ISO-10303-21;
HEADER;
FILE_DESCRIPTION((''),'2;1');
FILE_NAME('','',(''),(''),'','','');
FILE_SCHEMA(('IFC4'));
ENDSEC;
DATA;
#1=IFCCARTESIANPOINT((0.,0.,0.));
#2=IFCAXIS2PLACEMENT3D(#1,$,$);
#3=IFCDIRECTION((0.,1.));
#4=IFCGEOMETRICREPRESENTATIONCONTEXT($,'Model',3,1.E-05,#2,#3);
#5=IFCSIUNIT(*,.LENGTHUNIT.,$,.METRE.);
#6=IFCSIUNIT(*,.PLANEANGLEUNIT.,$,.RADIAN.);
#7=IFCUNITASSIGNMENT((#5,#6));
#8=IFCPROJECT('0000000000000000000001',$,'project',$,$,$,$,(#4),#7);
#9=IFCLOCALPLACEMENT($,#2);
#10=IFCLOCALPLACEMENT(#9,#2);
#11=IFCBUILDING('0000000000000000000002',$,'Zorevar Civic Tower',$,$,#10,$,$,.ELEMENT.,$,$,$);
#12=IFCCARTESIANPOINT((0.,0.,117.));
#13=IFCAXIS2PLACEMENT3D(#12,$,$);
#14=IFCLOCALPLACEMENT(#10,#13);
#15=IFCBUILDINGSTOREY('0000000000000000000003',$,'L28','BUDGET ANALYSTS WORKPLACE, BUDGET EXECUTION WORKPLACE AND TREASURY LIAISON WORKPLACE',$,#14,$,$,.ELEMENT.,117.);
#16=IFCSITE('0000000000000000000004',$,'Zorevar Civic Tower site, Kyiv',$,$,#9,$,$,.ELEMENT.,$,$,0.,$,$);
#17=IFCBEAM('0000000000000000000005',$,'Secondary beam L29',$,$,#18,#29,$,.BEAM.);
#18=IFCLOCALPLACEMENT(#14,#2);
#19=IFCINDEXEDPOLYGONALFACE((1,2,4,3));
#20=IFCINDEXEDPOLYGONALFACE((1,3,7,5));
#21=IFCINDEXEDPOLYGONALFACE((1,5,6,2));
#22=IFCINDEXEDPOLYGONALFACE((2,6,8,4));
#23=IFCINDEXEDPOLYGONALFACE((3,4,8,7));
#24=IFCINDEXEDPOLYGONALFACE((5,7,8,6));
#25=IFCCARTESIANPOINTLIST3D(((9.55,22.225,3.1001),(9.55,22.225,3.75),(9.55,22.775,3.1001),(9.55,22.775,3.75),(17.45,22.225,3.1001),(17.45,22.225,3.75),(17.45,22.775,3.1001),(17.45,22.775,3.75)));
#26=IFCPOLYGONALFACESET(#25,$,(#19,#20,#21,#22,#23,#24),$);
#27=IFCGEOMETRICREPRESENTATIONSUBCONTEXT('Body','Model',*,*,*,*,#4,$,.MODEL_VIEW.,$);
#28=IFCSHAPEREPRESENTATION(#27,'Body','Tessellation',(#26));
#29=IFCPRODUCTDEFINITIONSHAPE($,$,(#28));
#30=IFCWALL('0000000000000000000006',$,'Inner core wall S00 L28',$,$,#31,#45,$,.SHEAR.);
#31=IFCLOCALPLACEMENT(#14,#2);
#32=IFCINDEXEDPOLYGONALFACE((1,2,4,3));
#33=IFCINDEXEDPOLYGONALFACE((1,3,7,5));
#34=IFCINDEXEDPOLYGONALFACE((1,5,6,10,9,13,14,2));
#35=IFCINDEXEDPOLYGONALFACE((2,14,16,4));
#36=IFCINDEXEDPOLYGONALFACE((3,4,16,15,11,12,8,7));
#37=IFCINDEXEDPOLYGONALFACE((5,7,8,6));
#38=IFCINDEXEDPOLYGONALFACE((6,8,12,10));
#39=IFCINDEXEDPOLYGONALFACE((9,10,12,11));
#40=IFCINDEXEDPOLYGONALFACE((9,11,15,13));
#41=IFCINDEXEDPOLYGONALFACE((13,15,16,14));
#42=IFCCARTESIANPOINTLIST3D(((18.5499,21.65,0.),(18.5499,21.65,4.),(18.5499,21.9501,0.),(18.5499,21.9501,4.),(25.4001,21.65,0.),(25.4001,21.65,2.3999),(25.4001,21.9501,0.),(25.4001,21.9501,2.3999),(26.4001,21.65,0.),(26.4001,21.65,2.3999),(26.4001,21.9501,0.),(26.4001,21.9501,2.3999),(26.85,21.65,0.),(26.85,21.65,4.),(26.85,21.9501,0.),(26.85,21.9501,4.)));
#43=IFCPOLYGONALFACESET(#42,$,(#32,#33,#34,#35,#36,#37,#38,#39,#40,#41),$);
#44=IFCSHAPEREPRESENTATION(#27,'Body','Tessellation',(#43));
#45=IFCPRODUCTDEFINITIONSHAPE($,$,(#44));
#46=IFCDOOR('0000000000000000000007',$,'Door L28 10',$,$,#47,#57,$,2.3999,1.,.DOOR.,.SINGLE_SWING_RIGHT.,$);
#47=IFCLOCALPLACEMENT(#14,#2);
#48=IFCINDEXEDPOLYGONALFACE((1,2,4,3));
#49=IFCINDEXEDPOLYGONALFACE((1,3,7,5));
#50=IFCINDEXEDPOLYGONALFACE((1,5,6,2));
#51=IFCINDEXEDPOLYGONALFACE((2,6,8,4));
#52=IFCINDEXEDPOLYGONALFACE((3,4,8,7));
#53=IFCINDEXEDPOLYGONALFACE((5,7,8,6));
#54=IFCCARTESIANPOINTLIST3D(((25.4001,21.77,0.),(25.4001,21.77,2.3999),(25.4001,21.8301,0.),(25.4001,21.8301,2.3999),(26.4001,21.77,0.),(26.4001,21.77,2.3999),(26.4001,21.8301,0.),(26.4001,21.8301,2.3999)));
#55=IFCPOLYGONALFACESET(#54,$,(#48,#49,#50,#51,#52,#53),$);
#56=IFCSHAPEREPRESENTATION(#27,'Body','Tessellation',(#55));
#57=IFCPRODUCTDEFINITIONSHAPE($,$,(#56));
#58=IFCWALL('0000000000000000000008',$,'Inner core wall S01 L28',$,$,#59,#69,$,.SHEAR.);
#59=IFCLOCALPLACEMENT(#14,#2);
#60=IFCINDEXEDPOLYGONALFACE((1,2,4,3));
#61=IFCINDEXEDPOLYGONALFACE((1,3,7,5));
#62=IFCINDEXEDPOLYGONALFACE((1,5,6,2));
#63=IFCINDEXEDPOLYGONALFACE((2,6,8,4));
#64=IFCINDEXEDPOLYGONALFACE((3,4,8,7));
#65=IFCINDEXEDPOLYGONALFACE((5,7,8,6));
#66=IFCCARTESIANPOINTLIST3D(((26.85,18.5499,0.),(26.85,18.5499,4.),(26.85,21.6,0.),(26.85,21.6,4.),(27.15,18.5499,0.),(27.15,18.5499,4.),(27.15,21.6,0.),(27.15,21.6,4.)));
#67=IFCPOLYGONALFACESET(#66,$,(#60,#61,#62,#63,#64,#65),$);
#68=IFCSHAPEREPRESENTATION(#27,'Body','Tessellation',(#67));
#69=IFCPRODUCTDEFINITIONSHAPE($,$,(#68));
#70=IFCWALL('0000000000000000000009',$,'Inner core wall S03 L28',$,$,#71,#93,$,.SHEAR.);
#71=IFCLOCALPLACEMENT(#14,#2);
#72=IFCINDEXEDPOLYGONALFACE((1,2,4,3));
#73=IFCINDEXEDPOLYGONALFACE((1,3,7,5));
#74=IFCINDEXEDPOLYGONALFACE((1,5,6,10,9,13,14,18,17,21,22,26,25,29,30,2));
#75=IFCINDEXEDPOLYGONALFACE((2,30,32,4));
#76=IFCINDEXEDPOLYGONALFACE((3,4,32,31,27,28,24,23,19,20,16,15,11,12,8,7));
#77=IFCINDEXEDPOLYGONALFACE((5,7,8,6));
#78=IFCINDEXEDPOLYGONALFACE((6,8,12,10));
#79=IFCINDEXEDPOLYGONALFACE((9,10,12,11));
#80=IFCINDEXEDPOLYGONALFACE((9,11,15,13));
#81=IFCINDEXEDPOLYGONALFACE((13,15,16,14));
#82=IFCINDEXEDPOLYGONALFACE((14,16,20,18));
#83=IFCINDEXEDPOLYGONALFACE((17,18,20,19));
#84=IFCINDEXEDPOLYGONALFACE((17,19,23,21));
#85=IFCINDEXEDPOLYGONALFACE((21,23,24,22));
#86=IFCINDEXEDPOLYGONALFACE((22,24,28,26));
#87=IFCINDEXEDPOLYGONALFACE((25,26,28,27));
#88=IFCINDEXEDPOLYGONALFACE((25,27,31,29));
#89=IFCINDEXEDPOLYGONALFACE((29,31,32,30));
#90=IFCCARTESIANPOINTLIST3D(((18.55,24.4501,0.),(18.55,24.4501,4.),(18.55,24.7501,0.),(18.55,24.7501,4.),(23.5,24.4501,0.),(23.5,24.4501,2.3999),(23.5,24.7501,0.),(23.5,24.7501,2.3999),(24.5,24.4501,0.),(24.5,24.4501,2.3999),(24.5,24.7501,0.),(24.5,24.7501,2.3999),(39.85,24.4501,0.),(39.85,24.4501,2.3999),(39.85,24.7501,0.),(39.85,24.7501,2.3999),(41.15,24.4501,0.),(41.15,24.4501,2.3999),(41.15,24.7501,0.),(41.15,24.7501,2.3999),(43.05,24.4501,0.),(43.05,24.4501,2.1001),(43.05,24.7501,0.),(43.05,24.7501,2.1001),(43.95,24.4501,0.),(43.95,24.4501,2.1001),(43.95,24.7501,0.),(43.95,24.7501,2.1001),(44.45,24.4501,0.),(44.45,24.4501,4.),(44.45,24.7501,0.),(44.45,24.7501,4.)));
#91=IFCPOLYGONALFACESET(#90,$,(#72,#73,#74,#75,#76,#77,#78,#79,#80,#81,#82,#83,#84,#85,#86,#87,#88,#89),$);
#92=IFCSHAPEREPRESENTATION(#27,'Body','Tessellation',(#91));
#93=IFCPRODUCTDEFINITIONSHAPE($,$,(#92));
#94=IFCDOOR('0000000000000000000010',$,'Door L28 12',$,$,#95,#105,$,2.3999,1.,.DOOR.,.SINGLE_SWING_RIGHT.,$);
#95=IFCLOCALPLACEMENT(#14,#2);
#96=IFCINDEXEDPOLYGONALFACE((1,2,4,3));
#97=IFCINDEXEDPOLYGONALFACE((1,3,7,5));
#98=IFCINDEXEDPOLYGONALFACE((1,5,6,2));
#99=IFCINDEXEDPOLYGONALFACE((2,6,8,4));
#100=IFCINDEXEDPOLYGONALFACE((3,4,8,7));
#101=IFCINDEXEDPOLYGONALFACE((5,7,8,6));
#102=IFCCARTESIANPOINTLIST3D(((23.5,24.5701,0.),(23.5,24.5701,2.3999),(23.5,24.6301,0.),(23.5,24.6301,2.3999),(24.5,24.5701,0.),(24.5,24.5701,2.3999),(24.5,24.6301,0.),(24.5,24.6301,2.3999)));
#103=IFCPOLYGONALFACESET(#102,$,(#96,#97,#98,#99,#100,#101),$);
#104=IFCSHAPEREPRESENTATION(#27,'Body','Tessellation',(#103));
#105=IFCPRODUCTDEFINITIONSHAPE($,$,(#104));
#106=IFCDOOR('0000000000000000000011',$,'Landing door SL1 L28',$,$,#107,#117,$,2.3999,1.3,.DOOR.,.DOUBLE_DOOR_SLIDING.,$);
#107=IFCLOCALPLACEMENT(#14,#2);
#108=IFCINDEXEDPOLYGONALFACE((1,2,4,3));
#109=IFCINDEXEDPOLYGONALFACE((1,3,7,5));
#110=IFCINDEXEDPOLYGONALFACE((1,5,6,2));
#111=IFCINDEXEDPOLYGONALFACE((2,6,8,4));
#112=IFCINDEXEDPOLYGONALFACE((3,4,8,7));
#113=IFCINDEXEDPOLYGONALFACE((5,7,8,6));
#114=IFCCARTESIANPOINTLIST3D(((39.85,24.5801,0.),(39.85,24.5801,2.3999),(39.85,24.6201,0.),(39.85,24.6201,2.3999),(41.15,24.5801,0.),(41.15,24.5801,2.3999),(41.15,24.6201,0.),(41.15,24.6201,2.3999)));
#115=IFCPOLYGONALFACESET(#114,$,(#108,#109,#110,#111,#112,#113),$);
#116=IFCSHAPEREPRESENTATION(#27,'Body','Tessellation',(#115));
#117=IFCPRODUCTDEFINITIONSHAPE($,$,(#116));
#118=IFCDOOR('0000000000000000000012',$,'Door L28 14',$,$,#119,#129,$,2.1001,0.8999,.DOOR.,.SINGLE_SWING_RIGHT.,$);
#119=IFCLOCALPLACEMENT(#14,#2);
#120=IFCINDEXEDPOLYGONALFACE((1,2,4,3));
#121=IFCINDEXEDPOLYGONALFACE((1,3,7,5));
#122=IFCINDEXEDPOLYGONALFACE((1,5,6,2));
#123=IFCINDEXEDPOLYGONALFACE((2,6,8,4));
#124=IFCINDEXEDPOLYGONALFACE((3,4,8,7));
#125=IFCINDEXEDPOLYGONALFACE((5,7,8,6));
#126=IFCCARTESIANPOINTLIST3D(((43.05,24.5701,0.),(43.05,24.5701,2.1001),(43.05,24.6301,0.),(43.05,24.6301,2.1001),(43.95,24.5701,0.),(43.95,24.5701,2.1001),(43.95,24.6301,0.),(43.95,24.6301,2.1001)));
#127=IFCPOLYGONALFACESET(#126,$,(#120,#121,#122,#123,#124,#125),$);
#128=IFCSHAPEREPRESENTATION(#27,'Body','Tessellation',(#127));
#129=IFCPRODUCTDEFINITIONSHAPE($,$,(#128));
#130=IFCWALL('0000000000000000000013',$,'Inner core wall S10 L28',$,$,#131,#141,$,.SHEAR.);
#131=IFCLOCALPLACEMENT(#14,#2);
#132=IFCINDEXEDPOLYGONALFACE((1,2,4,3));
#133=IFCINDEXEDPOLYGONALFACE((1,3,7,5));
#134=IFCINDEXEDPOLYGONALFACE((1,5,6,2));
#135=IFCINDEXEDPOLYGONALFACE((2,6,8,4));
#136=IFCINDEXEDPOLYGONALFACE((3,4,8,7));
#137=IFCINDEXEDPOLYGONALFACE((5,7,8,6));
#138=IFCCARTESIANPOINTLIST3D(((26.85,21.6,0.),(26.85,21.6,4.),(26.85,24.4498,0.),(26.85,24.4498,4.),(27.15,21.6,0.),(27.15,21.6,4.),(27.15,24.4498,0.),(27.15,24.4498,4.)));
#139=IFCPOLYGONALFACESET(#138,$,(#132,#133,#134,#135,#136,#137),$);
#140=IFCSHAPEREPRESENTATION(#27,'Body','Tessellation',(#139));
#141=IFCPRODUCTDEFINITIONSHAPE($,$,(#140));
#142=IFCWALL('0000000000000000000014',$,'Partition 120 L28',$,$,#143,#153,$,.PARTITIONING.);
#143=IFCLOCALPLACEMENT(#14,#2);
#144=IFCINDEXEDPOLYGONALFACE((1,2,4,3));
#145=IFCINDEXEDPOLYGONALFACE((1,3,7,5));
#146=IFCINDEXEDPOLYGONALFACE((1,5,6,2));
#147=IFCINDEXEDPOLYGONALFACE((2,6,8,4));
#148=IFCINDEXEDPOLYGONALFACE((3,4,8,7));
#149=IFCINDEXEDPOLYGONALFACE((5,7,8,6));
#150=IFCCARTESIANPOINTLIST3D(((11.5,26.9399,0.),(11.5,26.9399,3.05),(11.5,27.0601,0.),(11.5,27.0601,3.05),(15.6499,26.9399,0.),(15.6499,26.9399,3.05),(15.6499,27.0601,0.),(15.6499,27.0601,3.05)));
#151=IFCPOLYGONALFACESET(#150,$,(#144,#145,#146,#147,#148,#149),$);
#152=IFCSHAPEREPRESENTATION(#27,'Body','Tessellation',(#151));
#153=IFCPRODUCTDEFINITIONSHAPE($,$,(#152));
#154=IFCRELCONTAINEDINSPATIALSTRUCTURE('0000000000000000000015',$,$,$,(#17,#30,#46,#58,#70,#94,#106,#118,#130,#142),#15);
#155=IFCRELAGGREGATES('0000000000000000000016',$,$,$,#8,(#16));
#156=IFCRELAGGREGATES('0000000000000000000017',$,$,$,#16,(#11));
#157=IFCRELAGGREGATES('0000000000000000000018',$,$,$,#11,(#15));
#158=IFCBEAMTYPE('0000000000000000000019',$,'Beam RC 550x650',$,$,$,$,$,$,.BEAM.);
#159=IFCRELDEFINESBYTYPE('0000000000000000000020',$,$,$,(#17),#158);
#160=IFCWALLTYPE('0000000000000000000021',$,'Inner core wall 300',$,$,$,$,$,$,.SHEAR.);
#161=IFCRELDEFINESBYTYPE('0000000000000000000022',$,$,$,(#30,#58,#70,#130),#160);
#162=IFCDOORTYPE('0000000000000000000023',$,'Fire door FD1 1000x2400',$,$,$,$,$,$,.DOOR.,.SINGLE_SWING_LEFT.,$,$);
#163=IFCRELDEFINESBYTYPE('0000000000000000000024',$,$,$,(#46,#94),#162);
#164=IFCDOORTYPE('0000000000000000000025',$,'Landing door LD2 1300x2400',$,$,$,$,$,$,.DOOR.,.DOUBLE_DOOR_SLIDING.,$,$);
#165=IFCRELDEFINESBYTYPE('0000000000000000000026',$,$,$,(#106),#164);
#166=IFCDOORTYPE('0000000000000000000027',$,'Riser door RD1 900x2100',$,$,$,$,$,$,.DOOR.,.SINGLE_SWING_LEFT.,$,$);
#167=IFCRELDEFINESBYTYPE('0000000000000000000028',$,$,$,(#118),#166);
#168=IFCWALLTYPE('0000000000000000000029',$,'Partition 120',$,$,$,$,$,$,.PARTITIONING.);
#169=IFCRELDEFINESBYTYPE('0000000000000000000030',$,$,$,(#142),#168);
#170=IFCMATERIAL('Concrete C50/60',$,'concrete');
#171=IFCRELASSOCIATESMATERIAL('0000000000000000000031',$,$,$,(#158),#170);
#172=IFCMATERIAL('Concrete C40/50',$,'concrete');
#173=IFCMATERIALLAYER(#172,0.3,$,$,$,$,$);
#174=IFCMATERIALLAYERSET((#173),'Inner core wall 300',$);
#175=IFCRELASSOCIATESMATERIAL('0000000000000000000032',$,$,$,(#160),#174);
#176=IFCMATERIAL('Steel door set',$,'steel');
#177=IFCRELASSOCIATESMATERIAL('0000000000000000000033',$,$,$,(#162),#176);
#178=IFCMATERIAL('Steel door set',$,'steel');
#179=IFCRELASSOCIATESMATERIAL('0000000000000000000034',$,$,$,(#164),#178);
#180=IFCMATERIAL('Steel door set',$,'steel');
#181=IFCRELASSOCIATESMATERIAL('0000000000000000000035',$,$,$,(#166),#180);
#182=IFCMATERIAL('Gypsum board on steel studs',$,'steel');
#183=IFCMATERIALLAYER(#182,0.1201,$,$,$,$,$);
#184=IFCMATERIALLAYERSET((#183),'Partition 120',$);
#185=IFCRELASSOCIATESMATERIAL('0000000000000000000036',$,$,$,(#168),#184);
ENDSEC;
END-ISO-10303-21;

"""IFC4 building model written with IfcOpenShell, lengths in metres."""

from ifc_helpers import new_model, si_unit, direction, frame, frame_2d, origin, origin_2d, place, context, subcontext, project, spatial, rectangle, extrude, material, layer, layer_set, material_profile, profile_set, type_object, element, fill, save


model = new_model("IFC4")

# Units and contexts
model_context = context("Model", 3, precision=1e-05, world=origin(), true_north=direction((0.0, 1.0)))
body_context = subcontext(model_context, "Body", "Model", "MODEL_VIEW")
ifc_project = project(units=[si_unit("LENGTHUNIT", "METRE"), si_unit("PLANEANGLEUNIT", "RADIAN")], contexts=[model_context])

# Site, building, storey
site_placement = place(None, origin())
site = spatial("IfcSite", under=ifc_project, at=site_placement, Name="Zorevar Civic Tower site, Kyiv", CompositionType="ELEMENT", RefElevation=0.0)
building_placement = place(site_placement, origin())
building = spatial("IfcBuilding", under=site, at=building_placement, Name="Zorevar Civic Tower", CompositionType="ELEMENT")
storey_placement = place(building_placement, frame((0.0, 0.0, 117.0)))
storey = spatial("IfcBuildingStorey", under=building, at=storey_placement, Name="L28", Description="BUDGET ANALYSTS WORKPLACE, BUDGET EXECUTION WORKPLACE AND TREASURY LIAISON WORKPLACE", CompositionType="ELEMENT", Elevation=117.0)

# Beam
ifc_material_1 = material(Name="Concrete C50/60", Category="concrete")
ifc_material_profile = material_profile(ifc_material_1, rectangle(XDim=0.55, YDim=0.6499, at=origin_2d()), Name="RC 550x650")
ifc_profile_set = profile_set([ifc_material_profile], Name="Concrete C50/60")
beam_type = type_object("IfcBeamType", Name="Beam RC 550x650", PredefinedType="BEAM", material=ifc_profile_set)
beam_placement = place(storey_placement, frame((9.55, 22.5, 3.425), z_axis=(1.0, 0.0, 0.0), x_axis=(0.0, 1.0, 0.0)))
element("IfcBeam", 1, at=beam_placement, inside=storey, type_object=beam_type, Name="Secondary beam L29", PredefinedType="BEAM", context=body_context, shape_type="SweptSolid", body=[
    extrude(rectangle(XDim=0.55, YDim=0.6499, at=origin_2d()), origin(), (0.0, 0.0, 1.0), 7.8999),
])

# Wall, opening, door
ifc_material_2 = material(Name="Concrete C40/50", Category="concrete")
ifc_layer_1 = layer(ifc_material_2, 0.3)
ifc_layer_set_1 = layer_set([ifc_layer_1], Name="Inner core wall 300")
wall_type_1 = type_object("IfcWallType", Name="Inner core wall 300", PredefinedType="SHEAR", material=ifc_layer_set_1)
wall_1_placement = place(storey_placement, frame((18.55, 21.8, 0.0), z_axis=(0.0, 0.0, 1.0), x_axis=(1.0, 0.0, 0.0)))
wall_1 = element("IfcWall", 2, at=wall_1_placement, inside=storey, type_object=wall_type_1, Name="Inner core wall S00 L28", PredefinedType="SHEAR", context=body_context, shape_type="SweptSolid", body=[
    extrude(rectangle(XDim=8.3, YDim=0.3, at=frame_2d((4.1499, 0.0))), origin(), (0.0, 0.0, 1.0), 4.0),
])
opening_1_placement = place(wall_1_placement, frame((6.8501, 0.0, 0.0)))
opening_1 = element("IfcOpeningElement", 3, at=opening_1_placement, cuts=wall_1, PredefinedType="OPENING", context=body_context, shape_type="SweptSolid", body=[
    extrude(rectangle(XDim=1.0, YDim=2.3999, at=frame_2d((0.5, 1.2))), frame((0.0, 0.1599, 0.0), z_axis=(0.0, -1.0, 0.0), x_axis=(1.0, 0.0, 0.0)), (0.0, 0.0, 1.0), 0.3201),
])
ifc_material_3 = material(Name="Steel door set", Category="steel")
door_type_1 = type_object("IfcDoorType", Name="Fire door FD1 1000x2400", OperationType="SINGLE_SWING_LEFT", PredefinedType="DOOR", material=ifc_material_3)
door_1_placement = place(opening_1_placement, origin())
door_1 = element("IfcDoor", 4, at=door_1_placement, inside=storey, type_object=door_type_1, Name="Door L28 10", OperationType="SINGLE_SWING_RIGHT", OverallHeight=2.3999, OverallWidth=1.0, PredefinedType="DOOR", context=body_context, shape_type="SweptSolid", body=[
    extrude(rectangle(XDim=1.0, YDim=2.3999, at=frame_2d((0.5, 1.2))), frame((0.0, 0.03, 0.0), z_axis=(0.0, -1.0, 0.0), x_axis=(1.0, 0.0, 0.0)), (0.0, 0.0, 1.0), 0.0601),
])
fill(opening_1, door_1)

# Wall
wall_2_placement = place(storey_placement, frame((27.0, 18.55, 0.0), z_axis=(0.0, 0.0, 1.0), x_axis=(0.0, 1.0, 0.0)))
element("IfcWall", 5, at=wall_2_placement, inside=storey, type_object=wall_type_1, Name="Inner core wall S01 L28", PredefinedType="SHEAR", context=body_context, shape_type="SweptSolid", body=[
    extrude(rectangle(XDim=3.05, YDim=0.3, at=frame_2d((1.5249, 0.0))), origin(), (0.0, 0.0, 1.0), 4.0),
])

# Wall, openings, doors
wall_3_placement = place(storey_placement, frame((18.55, 24.6001, 0.0), z_axis=(0.0, 0.0, 1.0), x_axis=(1.0, 0.0, 0.0)))
wall_3 = element("IfcWall", 6, at=wall_3_placement, inside=storey, type_object=wall_type_1, Name="Inner core wall S03 L28", PredefinedType="SHEAR", context=body_context, shape_type="SweptSolid", body=[
    extrude(rectangle(XDim=25.8999, YDim=0.3, at=frame_2d((12.95, 0.0))), origin(), (0.0, 0.0, 1.0), 4.0),
])
opening_2_placement = place(wall_3_placement, frame((4.95, 0.0, 0.0)))
opening_2 = element("IfcOpeningElement", 7, at=opening_2_placement, cuts=wall_3, PredefinedType="OPENING", context=body_context, shape_type="SweptSolid", body=[
    extrude(rectangle(XDim=1.0, YDim=2.3999, at=frame_2d((0.5, 1.2))), frame((0.0, 0.1599, 0.0), z_axis=(0.0, -1.0, 0.0), x_axis=(1.0, 0.0, 0.0)), (0.0, 0.0, 1.0), 0.3201),
])
opening_3_placement = place(wall_3_placement, frame((24.5, 0.0, 0.0)))
opening_3 = element("IfcOpeningElement", 8, at=opening_3_placement, cuts=wall_3, PredefinedType="OPENING", context=body_context, shape_type="SweptSolid", body=[
    extrude(rectangle(XDim=0.8999, YDim=2.1001, at=frame_2d((0.45, 1.05))), frame((0.0, 0.1599, 0.0), z_axis=(0.0, -1.0, 0.0), x_axis=(1.0, 0.0, 0.0)), (0.0, 0.0, 1.0), 0.3201),
])
opening_4_placement = place(wall_3_placement, frame((21.3, 0.0, 0.0)))
opening_4 = element("IfcOpeningElement", 9, at=opening_4_placement, cuts=wall_3, PredefinedType="OPENING", context=body_context, shape_type="SweptSolid", body=[
    extrude(rectangle(XDim=1.3, YDim=2.3999, at=frame_2d((0.6499, 1.2))), frame((0.0, 0.1599, 0.0), z_axis=(0.0, -1.0, 0.0), x_axis=(1.0, 0.0, 0.0)), (0.0, 0.0, 1.0), 0.3201),
])
door_2_placement = place(opening_2_placement, origin())
door_2 = element("IfcDoor", 10, at=door_2_placement, inside=storey, type_object=door_type_1, Name="Door L28 12", OperationType="SINGLE_SWING_RIGHT", OverallHeight=2.3999, OverallWidth=1.0, PredefinedType="DOOR", context=body_context, shape_type="SweptSolid", body=[
    extrude(rectangle(XDim=1.0, YDim=2.3999, at=frame_2d((0.5, 1.2))), frame((0.0, 0.03, 0.0), z_axis=(0.0, -1.0, 0.0), x_axis=(1.0, 0.0, 0.0)), (0.0, 0.0, 1.0), 0.0601),
])
fill(opening_2, door_2)
ifc_material_4 = material(Name="Steel door set", Category="steel")
door_type_2 = type_object("IfcDoorType", Name="Landing door LD2 1300x2400", OperationType="DOUBLE_DOOR_SLIDING", PredefinedType="DOOR", material=ifc_material_4)
door_3_placement = place(opening_4_placement, origin())
door_3 = element("IfcDoor", 11, at=door_3_placement, inside=storey, type_object=door_type_2, Name="Landing door SL1 L28", OperationType="DOUBLE_DOOR_SLIDING", OverallHeight=2.3999, OverallWidth=1.3, PredefinedType="DOOR", context=body_context, shape_type="SweptSolid", body=[
    extrude(rectangle(XDim=1.3, YDim=2.3999, at=frame_2d((0.6499, 1.2))), frame((0.0, 0.02, 0.0), z_axis=(0.0, -1.0, 0.0), x_axis=(1.0, 0.0, 0.0)), (0.0, 0.0, 1.0), 0.04),
])
fill(opening_4, door_3)
ifc_material_5 = material(Name="Steel door set", Category="steel")
door_type_3 = type_object("IfcDoorType", Name="Riser door RD1 900x2100", OperationType="SINGLE_SWING_LEFT", PredefinedType="DOOR", material=ifc_material_5)
door_4_placement = place(opening_3_placement, origin())
door_4 = element("IfcDoor", 12, at=door_4_placement, inside=storey, type_object=door_type_3, Name="Door L28 14", OperationType="SINGLE_SWING_RIGHT", OverallHeight=2.1001, OverallWidth=0.8999, PredefinedType="DOOR", context=body_context, shape_type="SweptSolid", body=[
    extrude(rectangle(XDim=0.8999, YDim=2.1001, at=frame_2d((0.45, 1.05))), frame((0.0, 0.03, 0.0), z_axis=(0.0, -1.0, 0.0), x_axis=(1.0, 0.0, 0.0)), (0.0, 0.0, 1.0), 0.0601),
])
fill(opening_3, door_4)

# Walls
wall_4_placement = place(storey_placement, frame((27.0, 21.6001, 0.0), z_axis=(0.0, 0.0, 1.0), x_axis=(0.0, 1.0, 0.0)))
element("IfcWall", 13, at=wall_4_placement, inside=storey, type_object=wall_type_1, Name="Inner core wall S10 L28", PredefinedType="SHEAR", context=body_context, shape_type="SweptSolid", body=[
    extrude(rectangle(XDim=2.8499, YDim=0.3, at=frame_2d((1.4248, 0.0))), origin(), (0.0, 0.0, 1.0), 4.0),
])
ifc_material_6 = material(Name="Gypsum board on steel studs", Category="steel")
ifc_layer_2 = layer(ifc_material_6, 0.1201)
ifc_layer_set_2 = layer_set([ifc_layer_2], Name="Partition 120")
wall_type_2 = type_object("IfcWallType", Name="Partition 120", PredefinedType="PARTITIONING", material=ifc_layer_set_2)
wall_5_placement = place(storey_placement, frame((11.5, 27.0, 0.0), z_axis=(0.0, 0.0, 1.0), x_axis=(1.0, 0.0, 0.0)))
element("IfcWall", 14, at=wall_5_placement, inside=storey, type_object=wall_type_2, Name="Partition 120 L28", PredefinedType="PARTITIONING", context=body_context, shape_type="SweptSolid", body=[
    extrude(rectangle(XDim=4.1499, YDim=0.1201, at=frame_2d((2.075, 0.0))), origin(), (0.0, 0.0, 1.0), 3.05),
])

save(model, "model.ifc")
